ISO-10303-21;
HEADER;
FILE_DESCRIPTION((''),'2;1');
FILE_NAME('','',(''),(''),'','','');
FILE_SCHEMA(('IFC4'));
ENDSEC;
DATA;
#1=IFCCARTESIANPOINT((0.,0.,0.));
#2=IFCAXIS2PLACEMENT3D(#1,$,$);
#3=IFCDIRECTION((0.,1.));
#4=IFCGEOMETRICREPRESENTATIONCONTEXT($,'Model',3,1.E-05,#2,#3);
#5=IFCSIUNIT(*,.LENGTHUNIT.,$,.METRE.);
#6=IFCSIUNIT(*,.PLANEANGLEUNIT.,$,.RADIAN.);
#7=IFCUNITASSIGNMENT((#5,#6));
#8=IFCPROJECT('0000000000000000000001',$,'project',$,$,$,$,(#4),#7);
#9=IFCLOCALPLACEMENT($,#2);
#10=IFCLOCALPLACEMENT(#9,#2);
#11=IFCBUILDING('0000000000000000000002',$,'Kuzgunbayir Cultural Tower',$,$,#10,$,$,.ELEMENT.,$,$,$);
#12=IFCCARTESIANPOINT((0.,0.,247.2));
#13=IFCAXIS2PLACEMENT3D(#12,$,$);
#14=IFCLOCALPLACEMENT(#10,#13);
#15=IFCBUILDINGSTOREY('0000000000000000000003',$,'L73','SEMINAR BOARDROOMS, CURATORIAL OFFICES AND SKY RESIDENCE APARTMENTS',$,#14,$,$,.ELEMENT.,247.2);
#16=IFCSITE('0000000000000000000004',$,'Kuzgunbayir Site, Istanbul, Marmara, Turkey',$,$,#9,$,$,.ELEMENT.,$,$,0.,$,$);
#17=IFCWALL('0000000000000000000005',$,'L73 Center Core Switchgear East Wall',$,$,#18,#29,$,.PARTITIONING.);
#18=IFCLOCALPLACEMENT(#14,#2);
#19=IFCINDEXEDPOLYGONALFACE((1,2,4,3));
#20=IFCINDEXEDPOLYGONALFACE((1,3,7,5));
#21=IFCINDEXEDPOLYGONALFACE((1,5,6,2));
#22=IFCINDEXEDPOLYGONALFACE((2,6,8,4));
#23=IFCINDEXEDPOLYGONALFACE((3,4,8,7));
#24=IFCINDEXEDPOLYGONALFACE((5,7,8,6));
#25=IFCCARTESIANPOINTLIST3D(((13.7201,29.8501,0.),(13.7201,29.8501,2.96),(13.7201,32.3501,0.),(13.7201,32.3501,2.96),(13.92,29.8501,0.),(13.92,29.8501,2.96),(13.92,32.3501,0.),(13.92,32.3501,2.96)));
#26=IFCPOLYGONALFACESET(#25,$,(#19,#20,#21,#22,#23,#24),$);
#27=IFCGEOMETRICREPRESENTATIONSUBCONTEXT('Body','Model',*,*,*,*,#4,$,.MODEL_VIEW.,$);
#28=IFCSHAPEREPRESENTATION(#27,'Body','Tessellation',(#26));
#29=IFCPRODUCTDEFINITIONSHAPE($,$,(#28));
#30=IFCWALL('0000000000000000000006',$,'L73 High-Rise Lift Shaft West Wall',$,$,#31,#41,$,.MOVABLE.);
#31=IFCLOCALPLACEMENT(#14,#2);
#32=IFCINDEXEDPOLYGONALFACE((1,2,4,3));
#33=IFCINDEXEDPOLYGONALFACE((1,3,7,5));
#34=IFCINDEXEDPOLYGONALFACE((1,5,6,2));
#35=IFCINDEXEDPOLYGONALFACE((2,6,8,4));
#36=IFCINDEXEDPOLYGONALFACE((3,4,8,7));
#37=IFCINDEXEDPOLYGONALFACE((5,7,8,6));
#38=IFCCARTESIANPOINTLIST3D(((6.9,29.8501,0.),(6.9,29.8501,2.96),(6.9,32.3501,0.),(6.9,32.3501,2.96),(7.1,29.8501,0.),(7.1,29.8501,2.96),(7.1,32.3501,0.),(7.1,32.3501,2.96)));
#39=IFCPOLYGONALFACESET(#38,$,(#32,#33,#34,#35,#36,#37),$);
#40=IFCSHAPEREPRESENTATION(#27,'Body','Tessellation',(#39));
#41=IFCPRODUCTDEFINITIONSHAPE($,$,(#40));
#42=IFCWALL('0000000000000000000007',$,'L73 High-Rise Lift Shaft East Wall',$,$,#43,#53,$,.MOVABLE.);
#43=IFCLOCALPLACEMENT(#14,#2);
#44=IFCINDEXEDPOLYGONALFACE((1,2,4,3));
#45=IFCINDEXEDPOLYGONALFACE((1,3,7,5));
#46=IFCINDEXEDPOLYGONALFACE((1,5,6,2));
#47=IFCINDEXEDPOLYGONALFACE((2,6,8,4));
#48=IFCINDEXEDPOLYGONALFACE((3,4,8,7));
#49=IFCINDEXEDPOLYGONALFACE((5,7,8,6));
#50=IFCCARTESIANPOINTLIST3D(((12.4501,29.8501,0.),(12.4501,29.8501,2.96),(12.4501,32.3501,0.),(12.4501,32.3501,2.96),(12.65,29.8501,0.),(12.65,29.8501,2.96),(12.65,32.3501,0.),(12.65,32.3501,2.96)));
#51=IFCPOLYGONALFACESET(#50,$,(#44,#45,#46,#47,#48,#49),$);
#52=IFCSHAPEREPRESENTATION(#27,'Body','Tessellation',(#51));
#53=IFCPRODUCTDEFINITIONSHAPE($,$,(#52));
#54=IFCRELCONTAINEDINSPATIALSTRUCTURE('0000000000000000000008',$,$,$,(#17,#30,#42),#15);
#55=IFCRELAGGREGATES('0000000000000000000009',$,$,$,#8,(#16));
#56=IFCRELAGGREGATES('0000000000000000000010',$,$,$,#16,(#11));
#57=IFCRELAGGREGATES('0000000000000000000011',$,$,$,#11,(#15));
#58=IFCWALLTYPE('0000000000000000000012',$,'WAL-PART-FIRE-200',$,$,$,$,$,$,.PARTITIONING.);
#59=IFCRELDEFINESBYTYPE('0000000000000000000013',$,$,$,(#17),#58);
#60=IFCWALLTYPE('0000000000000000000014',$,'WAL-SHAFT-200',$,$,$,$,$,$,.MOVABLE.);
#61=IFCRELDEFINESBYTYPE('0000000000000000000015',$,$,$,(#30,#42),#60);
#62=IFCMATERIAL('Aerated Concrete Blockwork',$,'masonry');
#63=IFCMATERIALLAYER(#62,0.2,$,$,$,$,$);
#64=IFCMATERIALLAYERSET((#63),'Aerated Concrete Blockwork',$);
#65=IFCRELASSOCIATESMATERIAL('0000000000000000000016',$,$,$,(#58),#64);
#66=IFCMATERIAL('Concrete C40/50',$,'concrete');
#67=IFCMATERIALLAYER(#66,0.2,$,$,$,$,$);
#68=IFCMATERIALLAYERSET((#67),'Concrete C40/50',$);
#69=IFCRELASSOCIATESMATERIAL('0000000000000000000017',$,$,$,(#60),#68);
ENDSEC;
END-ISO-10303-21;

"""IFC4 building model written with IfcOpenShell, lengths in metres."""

from ifc_helpers import new_model, si_unit, direction, frame, frame_2d, origin, place, context, subcontext, project, spatial, rectangle, extrude, material, layer, layer_set, type_object, element, save


model = new_model("IFC4")

# Units and contexts
model_context = context("Model", 3, precision=1e-05, world=origin(), true_north=direction((0.0, 1.0)))
body_context = subcontext(model_context, "Body", "Model", "MODEL_VIEW")
ifc_project = project(units=[si_unit("LENGTHUNIT", "METRE"), si_unit("PLANEANGLEUNIT", "RADIAN")], contexts=[model_context])

# Site, building, storey
site_placement = place(None, origin())
site = spatial("IfcSite", under=ifc_project, at=site_placement, Name="Kuzgunbayir Site, Istanbul, Marmara, Turkey", CompositionType="ELEMENT", RefElevation=0.0)
building_placement = place(site_placement, origin())
building = spatial("IfcBuilding", under=site, at=building_placement, Name="Kuzgunbayir Cultural Tower", CompositionType="ELEMENT")
storey_placement = place(building_placement, frame((0.0, 0.0, 247.2)))
storey = spatial("IfcBuildingStorey", under=building, at=storey_placement, Name="L73", Description="SEMINAR BOARDROOMS, CURATORIAL OFFICES AND SKY RESIDENCE APARTMENTS", CompositionType="ELEMENT", Elevation=247.2)

# Shared definitions
ifc_material_1 = material(Name="Aerated Concrete Blockwork", Category="masonry")
ifc_layer_1 = layer(ifc_material_1, 0.2)
ifc_layer_set_1 = layer_set([ifc_layer_1], Name="Aerated Concrete Blockwork")
wall_type_1 = type_object("IfcWallType", Name="WAL-PART-FIRE-200", PredefinedType="PARTITIONING", material=ifc_layer_set_1)

# Wall
wall_1_placement = place(storey_placement, frame((13.8201, 29.8501, 0.0), z_axis=(0.0, 0.0, 1.0), x_axis=(0.0, 1.0, 0.0)))
element("IfcWall", 1, at=wall_1_placement, inside=storey, type_object=wall_type_1, Name="L73 Center Core Switchgear East Wall", PredefinedType="PARTITIONING", context=body_context, shape_type="SweptSolid", body=[
    extrude(rectangle(XDim=2.5, YDim=0.2, at=frame_2d((1.25, 0.0))), origin(), (0.0, 0.0, 1.0), 2.96),
])

# Shared definitions
ifc_material_2 = material(Name="Concrete C40/50", Category="concrete")
ifc_layer_2 = layer(ifc_material_2, 0.2)
ifc_layer_set_2 = layer_set([ifc_layer_2], Name="Concrete C40/50")
wall_type_2 = type_object("IfcWallType", Name="WAL-SHAFT-200", PredefinedType="MOVABLE", material=ifc_layer_set_2)

# Walls
for number, where, z_axis, x_axis, name in (
    (2, (7.0, 29.8501, 0.0), (0.0, 0.0, 1.0), (0.0, 1.0, 0.0), "L73 High-Rise Lift Shaft West Wall"),
    (3, (12.55, 29.8501, 0.0), (0.0, 0.0, 1.0), (0.0, 1.0, 0.0), "L73 High-Rise Lift Shaft East Wall"),
):
    element("IfcWall", number, at=place(storey_placement, frame(where, z_axis=z_axis, x_axis=x_axis)), inside=storey, type_object=wall_type_2, Name=name, PredefinedType="MOVABLE", context=body_context, shape_type="SweptSolid", body=[
        extrude(rectangle(XDim=2.5, YDim=0.2, at=frame_2d((1.25, 0.0))), origin(), (0.0, 0.0, 1.0), 2.96),
    ])

save(model, "model.ifc")
